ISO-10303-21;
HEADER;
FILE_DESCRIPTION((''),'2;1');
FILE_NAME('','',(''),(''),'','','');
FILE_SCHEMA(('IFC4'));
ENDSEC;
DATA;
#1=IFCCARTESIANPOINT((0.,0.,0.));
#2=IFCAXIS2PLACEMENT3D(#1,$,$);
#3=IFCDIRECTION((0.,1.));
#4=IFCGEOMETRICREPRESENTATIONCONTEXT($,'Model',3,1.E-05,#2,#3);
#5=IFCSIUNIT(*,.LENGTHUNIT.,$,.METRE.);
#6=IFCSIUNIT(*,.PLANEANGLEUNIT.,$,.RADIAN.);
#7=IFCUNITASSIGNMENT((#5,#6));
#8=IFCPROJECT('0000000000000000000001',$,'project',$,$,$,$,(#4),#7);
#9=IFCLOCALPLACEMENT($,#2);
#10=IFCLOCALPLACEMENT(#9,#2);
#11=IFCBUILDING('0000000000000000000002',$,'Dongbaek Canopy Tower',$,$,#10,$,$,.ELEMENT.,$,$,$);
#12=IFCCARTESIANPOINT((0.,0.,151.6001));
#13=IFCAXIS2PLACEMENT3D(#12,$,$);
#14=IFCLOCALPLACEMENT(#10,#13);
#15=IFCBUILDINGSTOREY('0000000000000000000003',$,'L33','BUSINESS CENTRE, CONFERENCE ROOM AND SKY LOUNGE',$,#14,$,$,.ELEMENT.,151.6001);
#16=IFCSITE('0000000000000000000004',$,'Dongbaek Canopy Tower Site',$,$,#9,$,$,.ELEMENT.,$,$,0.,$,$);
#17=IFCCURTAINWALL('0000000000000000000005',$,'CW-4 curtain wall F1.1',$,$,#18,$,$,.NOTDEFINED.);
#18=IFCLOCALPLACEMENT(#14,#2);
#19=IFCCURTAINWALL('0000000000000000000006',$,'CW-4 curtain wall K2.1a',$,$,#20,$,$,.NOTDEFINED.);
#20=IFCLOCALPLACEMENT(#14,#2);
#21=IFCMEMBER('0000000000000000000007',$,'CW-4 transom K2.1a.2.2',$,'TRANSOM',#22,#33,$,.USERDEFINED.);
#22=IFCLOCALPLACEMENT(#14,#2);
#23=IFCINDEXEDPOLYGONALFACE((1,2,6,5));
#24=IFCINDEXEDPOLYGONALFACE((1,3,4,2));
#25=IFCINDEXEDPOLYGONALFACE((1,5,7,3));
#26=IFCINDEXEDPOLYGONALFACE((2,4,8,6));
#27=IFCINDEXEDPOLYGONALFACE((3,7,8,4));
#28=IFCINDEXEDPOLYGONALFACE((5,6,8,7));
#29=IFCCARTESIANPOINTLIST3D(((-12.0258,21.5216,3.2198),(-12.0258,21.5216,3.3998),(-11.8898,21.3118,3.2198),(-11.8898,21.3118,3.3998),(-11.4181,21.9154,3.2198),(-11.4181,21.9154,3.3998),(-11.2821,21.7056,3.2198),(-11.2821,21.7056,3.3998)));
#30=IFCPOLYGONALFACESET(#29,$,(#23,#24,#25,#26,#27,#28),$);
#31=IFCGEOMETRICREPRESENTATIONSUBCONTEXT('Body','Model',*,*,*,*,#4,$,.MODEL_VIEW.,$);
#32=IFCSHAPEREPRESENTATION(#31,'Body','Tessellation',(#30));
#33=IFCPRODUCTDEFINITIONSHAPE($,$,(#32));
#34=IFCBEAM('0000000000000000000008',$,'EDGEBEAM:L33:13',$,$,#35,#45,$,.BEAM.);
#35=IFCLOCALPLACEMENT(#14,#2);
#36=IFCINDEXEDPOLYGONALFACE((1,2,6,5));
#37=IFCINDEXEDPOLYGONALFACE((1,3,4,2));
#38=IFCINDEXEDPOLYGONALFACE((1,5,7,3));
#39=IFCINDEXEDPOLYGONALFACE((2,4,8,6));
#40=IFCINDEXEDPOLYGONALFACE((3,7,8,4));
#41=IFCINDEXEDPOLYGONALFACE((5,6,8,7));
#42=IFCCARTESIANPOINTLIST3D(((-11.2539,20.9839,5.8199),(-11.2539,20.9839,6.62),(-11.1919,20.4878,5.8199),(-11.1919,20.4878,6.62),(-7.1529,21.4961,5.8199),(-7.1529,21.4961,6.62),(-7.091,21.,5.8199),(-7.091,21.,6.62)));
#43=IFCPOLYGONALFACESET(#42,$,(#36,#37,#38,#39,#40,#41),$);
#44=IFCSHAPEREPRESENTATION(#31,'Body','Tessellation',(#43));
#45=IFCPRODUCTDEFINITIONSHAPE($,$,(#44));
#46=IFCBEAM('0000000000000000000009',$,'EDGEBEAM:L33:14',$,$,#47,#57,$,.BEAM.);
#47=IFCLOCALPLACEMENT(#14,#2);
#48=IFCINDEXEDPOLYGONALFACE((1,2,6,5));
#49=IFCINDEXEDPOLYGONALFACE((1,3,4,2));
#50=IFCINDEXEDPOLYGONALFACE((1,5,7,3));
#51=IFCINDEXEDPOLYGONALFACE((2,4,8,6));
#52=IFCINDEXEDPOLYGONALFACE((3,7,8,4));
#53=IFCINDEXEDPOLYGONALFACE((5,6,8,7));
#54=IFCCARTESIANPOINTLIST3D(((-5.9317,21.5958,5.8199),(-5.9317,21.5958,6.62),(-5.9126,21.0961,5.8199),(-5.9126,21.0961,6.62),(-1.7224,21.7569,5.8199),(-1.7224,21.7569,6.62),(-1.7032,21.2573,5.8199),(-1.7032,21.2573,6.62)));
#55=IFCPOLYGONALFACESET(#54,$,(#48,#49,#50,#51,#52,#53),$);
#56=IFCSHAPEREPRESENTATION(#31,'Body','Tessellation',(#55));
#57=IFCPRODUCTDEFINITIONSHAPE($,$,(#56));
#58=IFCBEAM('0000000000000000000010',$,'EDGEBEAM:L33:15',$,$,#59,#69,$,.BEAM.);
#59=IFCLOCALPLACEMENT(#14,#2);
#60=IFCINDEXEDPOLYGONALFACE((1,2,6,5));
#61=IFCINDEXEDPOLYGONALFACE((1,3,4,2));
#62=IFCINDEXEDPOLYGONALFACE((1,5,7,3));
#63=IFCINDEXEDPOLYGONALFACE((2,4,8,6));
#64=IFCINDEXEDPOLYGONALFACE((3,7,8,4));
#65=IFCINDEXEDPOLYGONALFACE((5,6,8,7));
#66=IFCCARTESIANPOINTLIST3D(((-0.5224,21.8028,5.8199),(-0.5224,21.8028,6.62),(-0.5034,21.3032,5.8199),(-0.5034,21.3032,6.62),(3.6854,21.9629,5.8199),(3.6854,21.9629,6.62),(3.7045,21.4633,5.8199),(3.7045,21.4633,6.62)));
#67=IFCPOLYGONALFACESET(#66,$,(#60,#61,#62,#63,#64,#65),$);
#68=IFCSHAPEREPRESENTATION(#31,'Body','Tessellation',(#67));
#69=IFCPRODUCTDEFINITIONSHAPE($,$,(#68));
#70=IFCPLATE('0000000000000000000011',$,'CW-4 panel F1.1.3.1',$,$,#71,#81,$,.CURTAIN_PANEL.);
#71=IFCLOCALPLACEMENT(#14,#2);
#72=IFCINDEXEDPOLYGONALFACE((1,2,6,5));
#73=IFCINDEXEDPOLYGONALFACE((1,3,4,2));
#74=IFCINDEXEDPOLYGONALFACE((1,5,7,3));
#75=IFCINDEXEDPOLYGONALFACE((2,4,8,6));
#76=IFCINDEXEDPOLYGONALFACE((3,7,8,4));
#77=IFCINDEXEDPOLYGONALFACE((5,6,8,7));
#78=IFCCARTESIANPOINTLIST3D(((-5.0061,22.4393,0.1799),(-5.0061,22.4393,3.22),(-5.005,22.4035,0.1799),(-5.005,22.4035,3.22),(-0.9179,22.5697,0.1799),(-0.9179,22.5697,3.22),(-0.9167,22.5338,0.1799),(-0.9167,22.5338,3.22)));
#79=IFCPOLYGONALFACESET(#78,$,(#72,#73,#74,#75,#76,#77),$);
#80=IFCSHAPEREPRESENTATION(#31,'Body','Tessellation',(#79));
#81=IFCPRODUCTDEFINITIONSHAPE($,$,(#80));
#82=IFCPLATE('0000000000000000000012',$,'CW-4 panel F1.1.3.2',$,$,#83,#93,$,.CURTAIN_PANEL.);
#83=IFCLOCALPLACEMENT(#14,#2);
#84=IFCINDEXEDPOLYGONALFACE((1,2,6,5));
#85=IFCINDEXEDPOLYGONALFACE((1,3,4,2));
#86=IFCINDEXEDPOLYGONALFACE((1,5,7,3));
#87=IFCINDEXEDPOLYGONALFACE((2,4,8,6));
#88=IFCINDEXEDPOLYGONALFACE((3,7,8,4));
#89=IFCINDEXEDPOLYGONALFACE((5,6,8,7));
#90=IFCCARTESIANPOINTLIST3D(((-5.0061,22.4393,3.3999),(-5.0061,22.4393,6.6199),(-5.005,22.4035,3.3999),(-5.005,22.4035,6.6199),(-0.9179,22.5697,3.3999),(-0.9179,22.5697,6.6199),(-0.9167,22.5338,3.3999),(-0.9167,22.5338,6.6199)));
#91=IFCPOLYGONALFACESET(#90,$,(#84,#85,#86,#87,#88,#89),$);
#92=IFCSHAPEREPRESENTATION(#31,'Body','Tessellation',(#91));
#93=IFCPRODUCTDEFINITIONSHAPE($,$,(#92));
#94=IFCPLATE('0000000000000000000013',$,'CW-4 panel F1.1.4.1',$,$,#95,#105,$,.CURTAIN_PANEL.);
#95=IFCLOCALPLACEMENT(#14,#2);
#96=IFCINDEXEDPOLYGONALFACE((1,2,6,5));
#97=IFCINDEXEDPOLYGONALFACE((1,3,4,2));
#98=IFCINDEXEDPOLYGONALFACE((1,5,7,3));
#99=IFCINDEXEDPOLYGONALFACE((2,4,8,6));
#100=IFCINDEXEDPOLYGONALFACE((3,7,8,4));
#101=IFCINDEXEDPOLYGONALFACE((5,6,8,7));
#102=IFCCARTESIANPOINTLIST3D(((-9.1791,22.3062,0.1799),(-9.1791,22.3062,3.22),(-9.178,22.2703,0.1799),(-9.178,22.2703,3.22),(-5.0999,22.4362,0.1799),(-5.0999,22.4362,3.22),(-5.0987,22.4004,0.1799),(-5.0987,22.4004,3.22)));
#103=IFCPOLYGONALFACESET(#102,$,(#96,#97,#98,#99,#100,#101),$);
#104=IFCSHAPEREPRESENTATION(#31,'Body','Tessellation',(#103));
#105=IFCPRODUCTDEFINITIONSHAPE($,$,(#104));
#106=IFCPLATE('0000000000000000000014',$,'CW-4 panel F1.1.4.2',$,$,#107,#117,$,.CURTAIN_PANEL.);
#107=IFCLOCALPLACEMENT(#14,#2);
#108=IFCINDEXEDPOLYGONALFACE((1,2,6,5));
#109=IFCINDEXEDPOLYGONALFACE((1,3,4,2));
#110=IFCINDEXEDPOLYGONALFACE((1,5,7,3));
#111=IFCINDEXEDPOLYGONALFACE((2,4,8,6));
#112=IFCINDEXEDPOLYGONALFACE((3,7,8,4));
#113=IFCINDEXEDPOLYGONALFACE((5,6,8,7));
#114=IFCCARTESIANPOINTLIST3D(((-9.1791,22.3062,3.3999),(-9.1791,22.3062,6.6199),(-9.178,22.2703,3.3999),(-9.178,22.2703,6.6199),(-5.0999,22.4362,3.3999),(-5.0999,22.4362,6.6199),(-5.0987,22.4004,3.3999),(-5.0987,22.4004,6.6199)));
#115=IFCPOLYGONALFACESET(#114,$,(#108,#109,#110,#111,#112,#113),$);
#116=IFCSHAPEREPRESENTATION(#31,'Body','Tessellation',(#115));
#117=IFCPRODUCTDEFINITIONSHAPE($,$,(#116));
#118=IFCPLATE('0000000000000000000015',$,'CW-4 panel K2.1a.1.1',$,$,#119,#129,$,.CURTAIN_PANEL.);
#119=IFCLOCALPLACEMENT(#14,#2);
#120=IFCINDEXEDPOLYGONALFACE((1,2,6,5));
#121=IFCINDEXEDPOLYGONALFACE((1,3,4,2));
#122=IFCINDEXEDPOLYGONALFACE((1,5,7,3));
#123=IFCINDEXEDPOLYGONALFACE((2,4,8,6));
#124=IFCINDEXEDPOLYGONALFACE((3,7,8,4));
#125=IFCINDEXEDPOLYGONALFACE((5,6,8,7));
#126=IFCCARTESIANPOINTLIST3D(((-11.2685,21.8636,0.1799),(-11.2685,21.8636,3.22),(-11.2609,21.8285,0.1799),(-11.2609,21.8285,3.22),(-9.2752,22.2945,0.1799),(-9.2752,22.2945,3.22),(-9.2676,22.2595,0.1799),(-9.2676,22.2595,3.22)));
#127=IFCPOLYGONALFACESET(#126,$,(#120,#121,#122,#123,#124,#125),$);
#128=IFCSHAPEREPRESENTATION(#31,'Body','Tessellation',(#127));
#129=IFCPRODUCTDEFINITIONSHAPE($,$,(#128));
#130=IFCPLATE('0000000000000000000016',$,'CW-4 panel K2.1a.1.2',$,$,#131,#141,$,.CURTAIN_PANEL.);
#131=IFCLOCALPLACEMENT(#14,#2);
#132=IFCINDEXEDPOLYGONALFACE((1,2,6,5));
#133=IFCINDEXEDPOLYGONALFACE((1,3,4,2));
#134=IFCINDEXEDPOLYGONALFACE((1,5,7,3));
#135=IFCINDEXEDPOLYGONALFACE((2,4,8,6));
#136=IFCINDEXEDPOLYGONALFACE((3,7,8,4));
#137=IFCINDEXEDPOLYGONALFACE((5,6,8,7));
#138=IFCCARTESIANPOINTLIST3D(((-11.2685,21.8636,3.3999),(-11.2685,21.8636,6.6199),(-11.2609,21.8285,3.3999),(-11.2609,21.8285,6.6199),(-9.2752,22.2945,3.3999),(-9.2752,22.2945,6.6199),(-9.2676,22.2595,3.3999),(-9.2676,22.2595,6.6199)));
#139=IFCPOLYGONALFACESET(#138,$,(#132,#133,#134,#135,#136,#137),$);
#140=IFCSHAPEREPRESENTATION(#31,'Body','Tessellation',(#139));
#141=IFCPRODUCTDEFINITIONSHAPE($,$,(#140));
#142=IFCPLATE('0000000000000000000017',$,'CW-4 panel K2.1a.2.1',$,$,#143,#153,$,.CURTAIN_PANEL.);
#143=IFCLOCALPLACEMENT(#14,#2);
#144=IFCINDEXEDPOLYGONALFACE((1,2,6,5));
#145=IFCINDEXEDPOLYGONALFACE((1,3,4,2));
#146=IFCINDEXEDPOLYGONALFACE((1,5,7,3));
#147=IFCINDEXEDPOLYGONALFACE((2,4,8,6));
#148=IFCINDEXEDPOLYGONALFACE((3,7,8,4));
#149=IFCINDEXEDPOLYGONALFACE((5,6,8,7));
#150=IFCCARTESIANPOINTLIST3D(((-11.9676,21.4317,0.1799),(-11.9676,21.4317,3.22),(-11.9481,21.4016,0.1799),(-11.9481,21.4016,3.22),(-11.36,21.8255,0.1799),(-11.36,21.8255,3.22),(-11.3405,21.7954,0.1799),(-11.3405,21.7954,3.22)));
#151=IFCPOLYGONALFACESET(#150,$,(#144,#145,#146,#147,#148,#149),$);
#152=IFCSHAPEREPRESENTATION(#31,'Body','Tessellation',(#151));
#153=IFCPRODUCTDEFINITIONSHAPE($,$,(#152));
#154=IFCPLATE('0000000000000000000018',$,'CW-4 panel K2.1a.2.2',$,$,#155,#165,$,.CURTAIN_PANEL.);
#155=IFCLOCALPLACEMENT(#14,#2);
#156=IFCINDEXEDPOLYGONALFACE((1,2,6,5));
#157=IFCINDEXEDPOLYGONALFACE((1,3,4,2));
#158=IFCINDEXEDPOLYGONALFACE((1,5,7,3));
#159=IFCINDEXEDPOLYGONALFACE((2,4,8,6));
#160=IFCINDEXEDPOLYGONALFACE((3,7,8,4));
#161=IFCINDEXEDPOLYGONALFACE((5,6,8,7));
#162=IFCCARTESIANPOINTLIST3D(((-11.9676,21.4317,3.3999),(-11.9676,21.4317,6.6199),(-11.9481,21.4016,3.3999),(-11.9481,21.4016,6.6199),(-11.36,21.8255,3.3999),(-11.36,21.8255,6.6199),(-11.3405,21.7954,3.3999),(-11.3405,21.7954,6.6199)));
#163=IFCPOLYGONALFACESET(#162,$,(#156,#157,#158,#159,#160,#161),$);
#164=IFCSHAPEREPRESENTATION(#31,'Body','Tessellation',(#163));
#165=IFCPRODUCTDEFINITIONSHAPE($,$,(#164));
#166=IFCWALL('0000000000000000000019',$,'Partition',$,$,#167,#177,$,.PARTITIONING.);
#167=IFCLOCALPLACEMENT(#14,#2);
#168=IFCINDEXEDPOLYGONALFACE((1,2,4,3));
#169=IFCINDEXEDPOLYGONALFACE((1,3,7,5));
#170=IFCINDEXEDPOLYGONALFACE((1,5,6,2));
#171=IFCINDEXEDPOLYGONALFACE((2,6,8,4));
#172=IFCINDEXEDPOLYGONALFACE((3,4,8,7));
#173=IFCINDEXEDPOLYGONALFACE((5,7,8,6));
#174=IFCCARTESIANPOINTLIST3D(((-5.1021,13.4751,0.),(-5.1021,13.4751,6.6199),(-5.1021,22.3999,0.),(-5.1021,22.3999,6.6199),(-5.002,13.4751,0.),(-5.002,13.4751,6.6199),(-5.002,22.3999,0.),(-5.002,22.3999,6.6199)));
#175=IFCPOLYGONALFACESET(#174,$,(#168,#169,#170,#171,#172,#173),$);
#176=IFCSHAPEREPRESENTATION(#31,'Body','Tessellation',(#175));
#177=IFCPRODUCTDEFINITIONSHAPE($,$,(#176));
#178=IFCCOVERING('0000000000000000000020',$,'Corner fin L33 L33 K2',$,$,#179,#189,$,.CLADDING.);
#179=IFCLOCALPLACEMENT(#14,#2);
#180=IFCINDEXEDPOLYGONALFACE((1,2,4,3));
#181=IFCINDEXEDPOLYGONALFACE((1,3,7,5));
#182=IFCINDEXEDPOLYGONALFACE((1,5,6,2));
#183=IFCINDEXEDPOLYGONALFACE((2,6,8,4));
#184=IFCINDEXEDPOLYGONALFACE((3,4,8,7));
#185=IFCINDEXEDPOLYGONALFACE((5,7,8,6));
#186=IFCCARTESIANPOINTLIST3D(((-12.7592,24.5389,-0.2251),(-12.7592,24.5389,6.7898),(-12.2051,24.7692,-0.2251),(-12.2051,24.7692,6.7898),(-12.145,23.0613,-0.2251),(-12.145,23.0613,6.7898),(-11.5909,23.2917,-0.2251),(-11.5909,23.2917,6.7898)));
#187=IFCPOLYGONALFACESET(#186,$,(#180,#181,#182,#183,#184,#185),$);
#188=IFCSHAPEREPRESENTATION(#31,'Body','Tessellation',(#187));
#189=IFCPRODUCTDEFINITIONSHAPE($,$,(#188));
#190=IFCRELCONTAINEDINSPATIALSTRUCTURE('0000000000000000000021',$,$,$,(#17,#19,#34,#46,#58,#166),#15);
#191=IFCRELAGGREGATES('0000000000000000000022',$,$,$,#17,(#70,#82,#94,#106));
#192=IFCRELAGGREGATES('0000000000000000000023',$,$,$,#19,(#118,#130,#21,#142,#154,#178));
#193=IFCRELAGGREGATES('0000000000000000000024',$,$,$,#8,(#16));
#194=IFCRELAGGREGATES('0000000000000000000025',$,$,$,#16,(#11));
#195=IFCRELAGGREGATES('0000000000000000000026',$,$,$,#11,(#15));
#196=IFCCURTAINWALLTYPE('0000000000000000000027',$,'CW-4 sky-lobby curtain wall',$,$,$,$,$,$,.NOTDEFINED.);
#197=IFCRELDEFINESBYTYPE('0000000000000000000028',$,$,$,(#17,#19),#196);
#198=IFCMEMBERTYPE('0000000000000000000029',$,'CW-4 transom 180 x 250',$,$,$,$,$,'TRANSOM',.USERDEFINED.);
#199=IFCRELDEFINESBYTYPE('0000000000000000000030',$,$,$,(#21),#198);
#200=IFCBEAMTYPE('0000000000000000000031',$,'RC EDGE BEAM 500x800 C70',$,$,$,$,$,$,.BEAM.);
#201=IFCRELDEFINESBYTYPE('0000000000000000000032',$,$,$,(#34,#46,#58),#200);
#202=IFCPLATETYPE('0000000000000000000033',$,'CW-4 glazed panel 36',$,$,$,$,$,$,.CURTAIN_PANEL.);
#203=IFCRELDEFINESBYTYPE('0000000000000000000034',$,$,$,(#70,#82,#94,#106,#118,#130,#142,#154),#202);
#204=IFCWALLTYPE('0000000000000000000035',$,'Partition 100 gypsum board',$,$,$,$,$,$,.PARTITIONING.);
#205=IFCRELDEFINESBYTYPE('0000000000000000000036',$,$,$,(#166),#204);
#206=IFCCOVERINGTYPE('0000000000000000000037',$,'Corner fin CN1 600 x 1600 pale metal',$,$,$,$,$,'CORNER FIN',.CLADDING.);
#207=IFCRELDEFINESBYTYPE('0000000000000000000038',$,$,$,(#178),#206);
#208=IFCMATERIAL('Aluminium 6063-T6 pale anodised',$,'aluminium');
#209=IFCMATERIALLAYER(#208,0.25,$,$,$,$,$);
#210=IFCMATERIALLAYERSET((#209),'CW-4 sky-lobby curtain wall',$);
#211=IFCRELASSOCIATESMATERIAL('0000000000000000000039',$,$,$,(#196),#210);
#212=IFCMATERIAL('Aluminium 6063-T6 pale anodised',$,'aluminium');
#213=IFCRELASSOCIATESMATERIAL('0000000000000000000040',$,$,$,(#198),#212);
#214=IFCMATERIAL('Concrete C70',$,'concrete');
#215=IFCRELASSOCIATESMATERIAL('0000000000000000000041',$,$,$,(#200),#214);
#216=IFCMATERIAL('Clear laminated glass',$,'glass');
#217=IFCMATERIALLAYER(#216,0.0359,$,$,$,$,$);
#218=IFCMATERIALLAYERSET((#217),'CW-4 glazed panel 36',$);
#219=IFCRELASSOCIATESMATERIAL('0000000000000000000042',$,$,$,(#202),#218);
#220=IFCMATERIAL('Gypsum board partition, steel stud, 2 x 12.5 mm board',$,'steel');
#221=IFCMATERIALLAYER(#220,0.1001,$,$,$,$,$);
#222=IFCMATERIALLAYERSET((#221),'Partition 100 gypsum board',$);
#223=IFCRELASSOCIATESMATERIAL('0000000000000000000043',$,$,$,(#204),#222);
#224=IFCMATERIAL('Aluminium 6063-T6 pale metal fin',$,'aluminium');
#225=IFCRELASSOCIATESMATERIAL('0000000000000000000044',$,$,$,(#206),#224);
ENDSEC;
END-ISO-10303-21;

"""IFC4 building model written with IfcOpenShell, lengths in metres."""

from ifc_helpers import new_model, si_unit, direction, frame, frame_2d, origin, origin_2d, place, context, subcontext, project, spatial, rectangle, extrude, material, layer, layer_set, material_profile, profile_set, type_object, element, aggregate, save


model = new_model("IFC4")

# Units and contexts
model_context = context("Model", 3, precision=1e-05, world=origin(), true_north=direction((0.0, 1.0)))
body_context = subcontext(model_context, "Body", "Model", "MODEL_VIEW")
ifc_project = project(units=[si_unit("LENGTHUNIT", "METRE"), si_unit("PLANEANGLEUNIT", "RADIAN")], contexts=[model_context])

# Site, building, storey
site_placement = place(None, origin())
site = spatial("IfcSite", under=ifc_project, at=site_placement, Name="Dongbaek Canopy Tower Site", CompositionType="ELEMENT", RefElevation=0.0)
building_placement = place(site_placement, origin())
building = spatial("IfcBuilding", under=site, at=building_placement, Name="Dongbaek Canopy Tower", CompositionType="ELEMENT")
storey_placement = place(building_placement, frame((0.0, 0.0, 151.6001)))
storey = spatial("IfcBuildingStorey", under=building, at=storey_placement, Name="L33", Description="BUSINESS CENTRE, CONFERENCE ROOM AND SKY LOUNGE", CompositionType="ELEMENT", Elevation=151.6001)

# Curtain walls
ifc_material_1 = material(Name="Aluminium 6063-T6 pale anodised", Category="aluminium")
ifc_layer_1 = layer(ifc_material_1, 0.25)
ifc_layer_set_1 = layer_set([ifc_layer_1], Name="CW-4 sky-lobby curtain wall")
curtain_wall_type = type_object("IfcCurtainWallType", Name="CW-4 sky-lobby curtain wall", PredefinedType="NOTDEFINED", material=ifc_layer_set_1)
curtain_wall_1_placement = place(storey_placement, origin())
curtain_wall_1 = element("IfcCurtainWall", 1, at=curtain_wall_1_placement, inside=storey, type_object=curtain_wall_type, Name="CW-4 curtain wall F1.1", PredefinedType="NOTDEFINED")
curtain_wall_2_placement = place(storey_placement, origin())
curtain_wall_2 = element("IfcCurtainWall", 2, at=curtain_wall_2_placement, inside=storey, type_object=curtain_wall_type, Name="CW-4 curtain wall K2.1a", PredefinedType="NOTDEFINED")

# Member
ifc_material_2 = material(Name="Aluminium 6063-T6 pale anodised", Category="aluminium")
ifc_material_profile_1 = material_profile(ifc_material_2, rectangle(XDim=0.25, YDim=0.1799, at=origin_2d()), Name="CW-4 transom 180 x 250")
ifc_profile_set_1 = profile_set([ifc_material_profile_1], Name="Aluminium 6063-T6 pale anodised")
member_type_1 = type_object("IfcMemberType", Name="CW-4 transom 180 x 250", ElementType="TRANSOM", PredefinedType="USERDEFINED", material=ifc_profile_set_1)
member_1_placement = place(storey_placement, frame((-11.3501, 21.8105, 3.3098), z_axis=(-0.83919, -0.543838, 0.0), x_axis=(0.543838, -0.83919, 0.0)))
member_1 = element("IfcMember", 3, at=member_1_placement, type_object=member_type_1, Name="CW-4 transom K2.1a.2.2", ObjectType="TRANSOM", PredefinedType="USERDEFINED", context=body_context, shape_type="SweptSolid", body=[
    extrude(rectangle(XDim=0.25, YDim=0.1799, at=origin_2d()), origin(), (0.0, 0.0, 1.0), 0.7241),
])

# Beams
ifc_material_3 = material(Name="Concrete C70", Category="concrete")
ifc_material_profile_2 = material_profile(ifc_material_3, rectangle(XDim=0.5, YDim=0.8, at=origin_2d()), Name="RC EDGE BEAM 500x800 C70")
ifc_profile_set_2 = profile_set([ifc_material_profile_2], Name="Concrete C70")
beam_type = type_object("IfcBeamType", Name="RC EDGE BEAM 500x800 C70", PredefinedType="BEAM", material=ifc_profile_set_2)
beam_1_placement = place(storey_placement, frame((-11.2229, 20.7358, 6.22), z_axis=(0.99229, 0.12394, 0.0), x_axis=(-0.12394, 0.99229, 0.0)))
element("IfcBeam", 4, at=beam_1_placement, inside=storey, type_object=beam_type, Name="EDGEBEAM:L33:13", PredefinedType="BEAM", context=body_context, shape_type="SweptSolid", body=[
    extrude(rectangle(XDim=0.5, YDim=0.8, at=origin_2d()), origin(), (0.0, 0.0, 1.0), 4.1328),
])
beam_2_placement = place(storey_placement, frame((-5.9221, 21.3459, 6.22), z_axis=(0.999268, 0.038253, 0.0), x_axis=(-0.038253, 0.999268, 0.0)))
element("IfcBeam", 5, at=beam_2_placement, inside=storey, type_object=beam_type, Name="EDGEBEAM:L33:14", PredefinedType="BEAM", context=body_context, shape_type="SweptSolid", body=[
    extrude(rectangle(XDim=0.5, YDim=0.8, at=origin_2d()), origin(), (0.0, 0.0, 1.0), 4.2124),
])
beam_3_placement = place(storey_placement, frame((-0.5129, 21.553, 6.22), z_axis=(0.999277, 0.038032, 0.0), x_axis=(-0.038032, 0.999277, 0.0)))
element("IfcBeam", 6, at=beam_3_placement, inside=storey, type_object=beam_type, Name="EDGEBEAM:L33:15", PredefinedType="BEAM", context=body_context, shape_type="SweptSolid", body=[
    extrude(rectangle(XDim=0.5, YDim=0.8, at=origin_2d()), origin(), (0.0, 0.0, 1.0), 4.2109),
])

# Plates
ifc_material_4 = material(Name="Clear laminated glass", Category="glass")
ifc_layer_2 = layer(ifc_material_4, 0.0359)
ifc_layer_set_2 = layer_set([ifc_layer_2], Name="CW-4 glazed panel 36")
plate_type = type_object("IfcPlateType", Name="CW-4 glazed panel 36", PredefinedType="CURTAIN_PANEL", material=ifc_layer_set_2)
plate_1_placement = place(storey_placement, frame((-2.9614, 22.4866, 0.1799), z_axis=(0.0, 0.0, 1.0), x_axis=(-0.999492, -0.031868, 0.0)))
plate_1 = element("IfcPlate", 7, at=plate_1_placement, type_object=plate_type, Name="CW-4 panel F1.1.3.1", PredefinedType="CURTAIN_PANEL", context=body_context, shape_type="SweptSolid", body=[
    extrude(rectangle(XDim=4.0903, YDim=0.0359, at=origin_2d()), origin(), (0.0, 0.0, 1.0), 3.04),
])
plate_2_placement = place(storey_placement, frame((-2.9614, 22.4866, 3.3999), z_axis=(0.0, 0.0, 1.0), x_axis=(-0.999492, -0.031868, 0.0)))
plate_2 = element("IfcPlate", 8, at=plate_2_placement, type_object=plate_type, Name="CW-4 panel F1.1.3.2", PredefinedType="CURTAIN_PANEL", context=body_context, shape_type="SweptSolid", body=[
    extrude(rectangle(XDim=4.0903, YDim=0.0359, at=origin_2d()), origin(), (0.0, 0.0, 1.0), 3.22),
])
plate_3_placement = place(storey_placement, frame((-7.1389, 22.3533, 0.1799), z_axis=(0.0, 0.0, 1.0), x_axis=(-0.999492, -0.031868, 0.0)))
plate_3 = element("IfcPlate", 9, at=plate_3_placement, type_object=plate_type, Name="CW-4 panel F1.1.4.1", PredefinedType="CURTAIN_PANEL", context=body_context, shape_type="SweptSolid", body=[
    extrude(rectangle(XDim=4.0813, YDim=0.0359, at=origin_2d()), origin(), (0.0, 0.0, 1.0), 3.04),
])
plate_4_placement = place(storey_placement, frame((-7.1389, 22.3533, 3.3999), z_axis=(0.0, 0.0, 1.0), x_axis=(-0.999492, -0.031868, 0.0)))
plate_4 = element("IfcPlate", 10, at=plate_4_placement, type_object=plate_type, Name="CW-4 panel F1.1.4.2", PredefinedType="CURTAIN_PANEL", context=body_context, shape_type="SweptSolid", body=[
    extrude(rectangle(XDim=4.0813, YDim=0.0359, at=origin_2d()), origin(), (0.0, 0.0, 1.0), 3.22),
])
aggregate(curtain_wall_1, [plate_1, plate_2, plate_3, plate_4])
plate_5_placement = place(storey_placement, frame((-10.2681, 22.0615, 0.1799), z_axis=(0.0, 0.0, 1.0), x_axis=(-0.977418, -0.211316, 0.0)))
plate_5 = element("IfcPlate", 11, at=plate_5_placement, type_object=plate_type, Name="CW-4 panel K2.1a.1.1", PredefinedType="CURTAIN_PANEL", context=body_context, shape_type="SweptSolid", body=[
    extrude(rectangle(XDim=2.0393, YDim=0.0359, at=origin_2d()), origin(), (0.0, 0.0, 1.0), 3.04),
])
plate_6_placement = place(storey_placement, frame((-10.2681, 22.0615, 3.3999), z_axis=(0.0, 0.0, 1.0), x_axis=(-0.977418, -0.211316, 0.0)))
plate_6 = element("IfcPlate", 12, at=plate_6_placement, type_object=plate_type, Name="CW-4 panel K2.1a.1.2", PredefinedType="CURTAIN_PANEL", context=body_context, shape_type="SweptSolid", body=[
    extrude(rectangle(XDim=2.0393, YDim=0.0359, at=origin_2d()), origin(), (0.0, 0.0, 1.0), 3.22),
])
plate_7_placement = place(storey_placement, frame((-11.6541, 21.6135, 0.1799), z_axis=(0.0, 0.0, 1.0), x_axis=(-0.839183, -0.54385, 0.0)))
plate_7 = element("IfcPlate", 13, at=plate_7_placement, type_object=plate_type, Name="CW-4 panel K2.1a.2.1", PredefinedType="CURTAIN_PANEL", context=body_context, shape_type="SweptSolid", body=[
    extrude(rectangle(XDim=0.7241, YDim=0.0359, at=origin_2d()), origin(), (0.0, 0.0, 1.0), 3.04),
])
plate_8_placement = place(storey_placement, frame((-11.6541, 21.6135, 3.3999), z_axis=(0.0, 0.0, 1.0), x_axis=(-0.839183, -0.54385, 0.0)))
plate_8 = element("IfcPlate", 14, at=plate_8_placement, type_object=plate_type, Name="CW-4 panel K2.1a.2.2", PredefinedType="CURTAIN_PANEL", context=body_context, shape_type="SweptSolid", body=[
    extrude(rectangle(XDim=0.7241, YDim=0.0359, at=origin_2d()), origin(), (0.0, 0.0, 1.0), 3.22),
])

# Wall
ifc_material_5 = material(Name="Gypsum board partition, steel stud, 2 x 12.5 mm board", Category="steel")
ifc_layer_3 = layer(ifc_material_5, 0.1001)
ifc_layer_set_3 = layer_set([ifc_layer_3], Name="Partition 100 gypsum board")
wall_type = type_object("IfcWallType", Name="Partition 100 gypsum board", PredefinedType="PARTITIONING", material=ifc_layer_set_3)
wall_placement = place(storey_placement, frame((-5.052, 13.4751, 0.0), z_axis=(0.0, 0.0, 1.0), x_axis=(0.0, 1.0, 0.0)))
element("IfcWall", 15, at=wall_placement, inside=storey, type_object=wall_type, Name="Partition", PredefinedType="PARTITIONING", context=body_context, shape_type="SweptSolid", body=[
    extrude(rectangle(XDim=8.9248, YDim=0.1001, at=frame_2d((4.4624, 0.0))), origin(), (0.0, 0.0, 1.0), 6.6199),
])

# Covering
ifc_material_6 = material(Name="Aluminium 6063-T6 pale metal fin", Category="aluminium")
ifc_material_profile_3 = material_profile(ifc_material_6, rectangle(XDim=1.6001, YDim=0.6001, at=origin_2d()), Name="Corner fin CN1 600 x 1600 pale metal")
ifc_profile_set_3 = profile_set([ifc_material_profile_3], Name="Aluminium 6063-T6 pale metal fin")
covering_type = type_object("IfcCoveringType", Name="Corner fin CN1 600 x 1600 pale metal", ElementType="CORNER FIN", PredefinedType="CLADDING", material=ifc_profile_set_3)
covering_placement = place(storey_placement, frame((-12.175, 23.9153, -0.2251), z_axis=(0.0, 0.0, 1.0), x_axis=(-0.383857, 0.923393, 0.0)))
covering = element("IfcCovering", 16, at=covering_placement, type_object=covering_type, Name="Corner fin L33 L33 K2", PredefinedType="CLADDING", context=body_context, shape_type="SweptSolid", body=[
    extrude(rectangle(XDim=1.6001, YDim=0.6001, at=origin_2d()), origin(), (0.0, 0.0, 1.0), 7.0149),
])
aggregate(curtain_wall_2, [plate_5, plate_6, member_1, plate_7, plate_8, covering])

save(model, "model.ifc")
